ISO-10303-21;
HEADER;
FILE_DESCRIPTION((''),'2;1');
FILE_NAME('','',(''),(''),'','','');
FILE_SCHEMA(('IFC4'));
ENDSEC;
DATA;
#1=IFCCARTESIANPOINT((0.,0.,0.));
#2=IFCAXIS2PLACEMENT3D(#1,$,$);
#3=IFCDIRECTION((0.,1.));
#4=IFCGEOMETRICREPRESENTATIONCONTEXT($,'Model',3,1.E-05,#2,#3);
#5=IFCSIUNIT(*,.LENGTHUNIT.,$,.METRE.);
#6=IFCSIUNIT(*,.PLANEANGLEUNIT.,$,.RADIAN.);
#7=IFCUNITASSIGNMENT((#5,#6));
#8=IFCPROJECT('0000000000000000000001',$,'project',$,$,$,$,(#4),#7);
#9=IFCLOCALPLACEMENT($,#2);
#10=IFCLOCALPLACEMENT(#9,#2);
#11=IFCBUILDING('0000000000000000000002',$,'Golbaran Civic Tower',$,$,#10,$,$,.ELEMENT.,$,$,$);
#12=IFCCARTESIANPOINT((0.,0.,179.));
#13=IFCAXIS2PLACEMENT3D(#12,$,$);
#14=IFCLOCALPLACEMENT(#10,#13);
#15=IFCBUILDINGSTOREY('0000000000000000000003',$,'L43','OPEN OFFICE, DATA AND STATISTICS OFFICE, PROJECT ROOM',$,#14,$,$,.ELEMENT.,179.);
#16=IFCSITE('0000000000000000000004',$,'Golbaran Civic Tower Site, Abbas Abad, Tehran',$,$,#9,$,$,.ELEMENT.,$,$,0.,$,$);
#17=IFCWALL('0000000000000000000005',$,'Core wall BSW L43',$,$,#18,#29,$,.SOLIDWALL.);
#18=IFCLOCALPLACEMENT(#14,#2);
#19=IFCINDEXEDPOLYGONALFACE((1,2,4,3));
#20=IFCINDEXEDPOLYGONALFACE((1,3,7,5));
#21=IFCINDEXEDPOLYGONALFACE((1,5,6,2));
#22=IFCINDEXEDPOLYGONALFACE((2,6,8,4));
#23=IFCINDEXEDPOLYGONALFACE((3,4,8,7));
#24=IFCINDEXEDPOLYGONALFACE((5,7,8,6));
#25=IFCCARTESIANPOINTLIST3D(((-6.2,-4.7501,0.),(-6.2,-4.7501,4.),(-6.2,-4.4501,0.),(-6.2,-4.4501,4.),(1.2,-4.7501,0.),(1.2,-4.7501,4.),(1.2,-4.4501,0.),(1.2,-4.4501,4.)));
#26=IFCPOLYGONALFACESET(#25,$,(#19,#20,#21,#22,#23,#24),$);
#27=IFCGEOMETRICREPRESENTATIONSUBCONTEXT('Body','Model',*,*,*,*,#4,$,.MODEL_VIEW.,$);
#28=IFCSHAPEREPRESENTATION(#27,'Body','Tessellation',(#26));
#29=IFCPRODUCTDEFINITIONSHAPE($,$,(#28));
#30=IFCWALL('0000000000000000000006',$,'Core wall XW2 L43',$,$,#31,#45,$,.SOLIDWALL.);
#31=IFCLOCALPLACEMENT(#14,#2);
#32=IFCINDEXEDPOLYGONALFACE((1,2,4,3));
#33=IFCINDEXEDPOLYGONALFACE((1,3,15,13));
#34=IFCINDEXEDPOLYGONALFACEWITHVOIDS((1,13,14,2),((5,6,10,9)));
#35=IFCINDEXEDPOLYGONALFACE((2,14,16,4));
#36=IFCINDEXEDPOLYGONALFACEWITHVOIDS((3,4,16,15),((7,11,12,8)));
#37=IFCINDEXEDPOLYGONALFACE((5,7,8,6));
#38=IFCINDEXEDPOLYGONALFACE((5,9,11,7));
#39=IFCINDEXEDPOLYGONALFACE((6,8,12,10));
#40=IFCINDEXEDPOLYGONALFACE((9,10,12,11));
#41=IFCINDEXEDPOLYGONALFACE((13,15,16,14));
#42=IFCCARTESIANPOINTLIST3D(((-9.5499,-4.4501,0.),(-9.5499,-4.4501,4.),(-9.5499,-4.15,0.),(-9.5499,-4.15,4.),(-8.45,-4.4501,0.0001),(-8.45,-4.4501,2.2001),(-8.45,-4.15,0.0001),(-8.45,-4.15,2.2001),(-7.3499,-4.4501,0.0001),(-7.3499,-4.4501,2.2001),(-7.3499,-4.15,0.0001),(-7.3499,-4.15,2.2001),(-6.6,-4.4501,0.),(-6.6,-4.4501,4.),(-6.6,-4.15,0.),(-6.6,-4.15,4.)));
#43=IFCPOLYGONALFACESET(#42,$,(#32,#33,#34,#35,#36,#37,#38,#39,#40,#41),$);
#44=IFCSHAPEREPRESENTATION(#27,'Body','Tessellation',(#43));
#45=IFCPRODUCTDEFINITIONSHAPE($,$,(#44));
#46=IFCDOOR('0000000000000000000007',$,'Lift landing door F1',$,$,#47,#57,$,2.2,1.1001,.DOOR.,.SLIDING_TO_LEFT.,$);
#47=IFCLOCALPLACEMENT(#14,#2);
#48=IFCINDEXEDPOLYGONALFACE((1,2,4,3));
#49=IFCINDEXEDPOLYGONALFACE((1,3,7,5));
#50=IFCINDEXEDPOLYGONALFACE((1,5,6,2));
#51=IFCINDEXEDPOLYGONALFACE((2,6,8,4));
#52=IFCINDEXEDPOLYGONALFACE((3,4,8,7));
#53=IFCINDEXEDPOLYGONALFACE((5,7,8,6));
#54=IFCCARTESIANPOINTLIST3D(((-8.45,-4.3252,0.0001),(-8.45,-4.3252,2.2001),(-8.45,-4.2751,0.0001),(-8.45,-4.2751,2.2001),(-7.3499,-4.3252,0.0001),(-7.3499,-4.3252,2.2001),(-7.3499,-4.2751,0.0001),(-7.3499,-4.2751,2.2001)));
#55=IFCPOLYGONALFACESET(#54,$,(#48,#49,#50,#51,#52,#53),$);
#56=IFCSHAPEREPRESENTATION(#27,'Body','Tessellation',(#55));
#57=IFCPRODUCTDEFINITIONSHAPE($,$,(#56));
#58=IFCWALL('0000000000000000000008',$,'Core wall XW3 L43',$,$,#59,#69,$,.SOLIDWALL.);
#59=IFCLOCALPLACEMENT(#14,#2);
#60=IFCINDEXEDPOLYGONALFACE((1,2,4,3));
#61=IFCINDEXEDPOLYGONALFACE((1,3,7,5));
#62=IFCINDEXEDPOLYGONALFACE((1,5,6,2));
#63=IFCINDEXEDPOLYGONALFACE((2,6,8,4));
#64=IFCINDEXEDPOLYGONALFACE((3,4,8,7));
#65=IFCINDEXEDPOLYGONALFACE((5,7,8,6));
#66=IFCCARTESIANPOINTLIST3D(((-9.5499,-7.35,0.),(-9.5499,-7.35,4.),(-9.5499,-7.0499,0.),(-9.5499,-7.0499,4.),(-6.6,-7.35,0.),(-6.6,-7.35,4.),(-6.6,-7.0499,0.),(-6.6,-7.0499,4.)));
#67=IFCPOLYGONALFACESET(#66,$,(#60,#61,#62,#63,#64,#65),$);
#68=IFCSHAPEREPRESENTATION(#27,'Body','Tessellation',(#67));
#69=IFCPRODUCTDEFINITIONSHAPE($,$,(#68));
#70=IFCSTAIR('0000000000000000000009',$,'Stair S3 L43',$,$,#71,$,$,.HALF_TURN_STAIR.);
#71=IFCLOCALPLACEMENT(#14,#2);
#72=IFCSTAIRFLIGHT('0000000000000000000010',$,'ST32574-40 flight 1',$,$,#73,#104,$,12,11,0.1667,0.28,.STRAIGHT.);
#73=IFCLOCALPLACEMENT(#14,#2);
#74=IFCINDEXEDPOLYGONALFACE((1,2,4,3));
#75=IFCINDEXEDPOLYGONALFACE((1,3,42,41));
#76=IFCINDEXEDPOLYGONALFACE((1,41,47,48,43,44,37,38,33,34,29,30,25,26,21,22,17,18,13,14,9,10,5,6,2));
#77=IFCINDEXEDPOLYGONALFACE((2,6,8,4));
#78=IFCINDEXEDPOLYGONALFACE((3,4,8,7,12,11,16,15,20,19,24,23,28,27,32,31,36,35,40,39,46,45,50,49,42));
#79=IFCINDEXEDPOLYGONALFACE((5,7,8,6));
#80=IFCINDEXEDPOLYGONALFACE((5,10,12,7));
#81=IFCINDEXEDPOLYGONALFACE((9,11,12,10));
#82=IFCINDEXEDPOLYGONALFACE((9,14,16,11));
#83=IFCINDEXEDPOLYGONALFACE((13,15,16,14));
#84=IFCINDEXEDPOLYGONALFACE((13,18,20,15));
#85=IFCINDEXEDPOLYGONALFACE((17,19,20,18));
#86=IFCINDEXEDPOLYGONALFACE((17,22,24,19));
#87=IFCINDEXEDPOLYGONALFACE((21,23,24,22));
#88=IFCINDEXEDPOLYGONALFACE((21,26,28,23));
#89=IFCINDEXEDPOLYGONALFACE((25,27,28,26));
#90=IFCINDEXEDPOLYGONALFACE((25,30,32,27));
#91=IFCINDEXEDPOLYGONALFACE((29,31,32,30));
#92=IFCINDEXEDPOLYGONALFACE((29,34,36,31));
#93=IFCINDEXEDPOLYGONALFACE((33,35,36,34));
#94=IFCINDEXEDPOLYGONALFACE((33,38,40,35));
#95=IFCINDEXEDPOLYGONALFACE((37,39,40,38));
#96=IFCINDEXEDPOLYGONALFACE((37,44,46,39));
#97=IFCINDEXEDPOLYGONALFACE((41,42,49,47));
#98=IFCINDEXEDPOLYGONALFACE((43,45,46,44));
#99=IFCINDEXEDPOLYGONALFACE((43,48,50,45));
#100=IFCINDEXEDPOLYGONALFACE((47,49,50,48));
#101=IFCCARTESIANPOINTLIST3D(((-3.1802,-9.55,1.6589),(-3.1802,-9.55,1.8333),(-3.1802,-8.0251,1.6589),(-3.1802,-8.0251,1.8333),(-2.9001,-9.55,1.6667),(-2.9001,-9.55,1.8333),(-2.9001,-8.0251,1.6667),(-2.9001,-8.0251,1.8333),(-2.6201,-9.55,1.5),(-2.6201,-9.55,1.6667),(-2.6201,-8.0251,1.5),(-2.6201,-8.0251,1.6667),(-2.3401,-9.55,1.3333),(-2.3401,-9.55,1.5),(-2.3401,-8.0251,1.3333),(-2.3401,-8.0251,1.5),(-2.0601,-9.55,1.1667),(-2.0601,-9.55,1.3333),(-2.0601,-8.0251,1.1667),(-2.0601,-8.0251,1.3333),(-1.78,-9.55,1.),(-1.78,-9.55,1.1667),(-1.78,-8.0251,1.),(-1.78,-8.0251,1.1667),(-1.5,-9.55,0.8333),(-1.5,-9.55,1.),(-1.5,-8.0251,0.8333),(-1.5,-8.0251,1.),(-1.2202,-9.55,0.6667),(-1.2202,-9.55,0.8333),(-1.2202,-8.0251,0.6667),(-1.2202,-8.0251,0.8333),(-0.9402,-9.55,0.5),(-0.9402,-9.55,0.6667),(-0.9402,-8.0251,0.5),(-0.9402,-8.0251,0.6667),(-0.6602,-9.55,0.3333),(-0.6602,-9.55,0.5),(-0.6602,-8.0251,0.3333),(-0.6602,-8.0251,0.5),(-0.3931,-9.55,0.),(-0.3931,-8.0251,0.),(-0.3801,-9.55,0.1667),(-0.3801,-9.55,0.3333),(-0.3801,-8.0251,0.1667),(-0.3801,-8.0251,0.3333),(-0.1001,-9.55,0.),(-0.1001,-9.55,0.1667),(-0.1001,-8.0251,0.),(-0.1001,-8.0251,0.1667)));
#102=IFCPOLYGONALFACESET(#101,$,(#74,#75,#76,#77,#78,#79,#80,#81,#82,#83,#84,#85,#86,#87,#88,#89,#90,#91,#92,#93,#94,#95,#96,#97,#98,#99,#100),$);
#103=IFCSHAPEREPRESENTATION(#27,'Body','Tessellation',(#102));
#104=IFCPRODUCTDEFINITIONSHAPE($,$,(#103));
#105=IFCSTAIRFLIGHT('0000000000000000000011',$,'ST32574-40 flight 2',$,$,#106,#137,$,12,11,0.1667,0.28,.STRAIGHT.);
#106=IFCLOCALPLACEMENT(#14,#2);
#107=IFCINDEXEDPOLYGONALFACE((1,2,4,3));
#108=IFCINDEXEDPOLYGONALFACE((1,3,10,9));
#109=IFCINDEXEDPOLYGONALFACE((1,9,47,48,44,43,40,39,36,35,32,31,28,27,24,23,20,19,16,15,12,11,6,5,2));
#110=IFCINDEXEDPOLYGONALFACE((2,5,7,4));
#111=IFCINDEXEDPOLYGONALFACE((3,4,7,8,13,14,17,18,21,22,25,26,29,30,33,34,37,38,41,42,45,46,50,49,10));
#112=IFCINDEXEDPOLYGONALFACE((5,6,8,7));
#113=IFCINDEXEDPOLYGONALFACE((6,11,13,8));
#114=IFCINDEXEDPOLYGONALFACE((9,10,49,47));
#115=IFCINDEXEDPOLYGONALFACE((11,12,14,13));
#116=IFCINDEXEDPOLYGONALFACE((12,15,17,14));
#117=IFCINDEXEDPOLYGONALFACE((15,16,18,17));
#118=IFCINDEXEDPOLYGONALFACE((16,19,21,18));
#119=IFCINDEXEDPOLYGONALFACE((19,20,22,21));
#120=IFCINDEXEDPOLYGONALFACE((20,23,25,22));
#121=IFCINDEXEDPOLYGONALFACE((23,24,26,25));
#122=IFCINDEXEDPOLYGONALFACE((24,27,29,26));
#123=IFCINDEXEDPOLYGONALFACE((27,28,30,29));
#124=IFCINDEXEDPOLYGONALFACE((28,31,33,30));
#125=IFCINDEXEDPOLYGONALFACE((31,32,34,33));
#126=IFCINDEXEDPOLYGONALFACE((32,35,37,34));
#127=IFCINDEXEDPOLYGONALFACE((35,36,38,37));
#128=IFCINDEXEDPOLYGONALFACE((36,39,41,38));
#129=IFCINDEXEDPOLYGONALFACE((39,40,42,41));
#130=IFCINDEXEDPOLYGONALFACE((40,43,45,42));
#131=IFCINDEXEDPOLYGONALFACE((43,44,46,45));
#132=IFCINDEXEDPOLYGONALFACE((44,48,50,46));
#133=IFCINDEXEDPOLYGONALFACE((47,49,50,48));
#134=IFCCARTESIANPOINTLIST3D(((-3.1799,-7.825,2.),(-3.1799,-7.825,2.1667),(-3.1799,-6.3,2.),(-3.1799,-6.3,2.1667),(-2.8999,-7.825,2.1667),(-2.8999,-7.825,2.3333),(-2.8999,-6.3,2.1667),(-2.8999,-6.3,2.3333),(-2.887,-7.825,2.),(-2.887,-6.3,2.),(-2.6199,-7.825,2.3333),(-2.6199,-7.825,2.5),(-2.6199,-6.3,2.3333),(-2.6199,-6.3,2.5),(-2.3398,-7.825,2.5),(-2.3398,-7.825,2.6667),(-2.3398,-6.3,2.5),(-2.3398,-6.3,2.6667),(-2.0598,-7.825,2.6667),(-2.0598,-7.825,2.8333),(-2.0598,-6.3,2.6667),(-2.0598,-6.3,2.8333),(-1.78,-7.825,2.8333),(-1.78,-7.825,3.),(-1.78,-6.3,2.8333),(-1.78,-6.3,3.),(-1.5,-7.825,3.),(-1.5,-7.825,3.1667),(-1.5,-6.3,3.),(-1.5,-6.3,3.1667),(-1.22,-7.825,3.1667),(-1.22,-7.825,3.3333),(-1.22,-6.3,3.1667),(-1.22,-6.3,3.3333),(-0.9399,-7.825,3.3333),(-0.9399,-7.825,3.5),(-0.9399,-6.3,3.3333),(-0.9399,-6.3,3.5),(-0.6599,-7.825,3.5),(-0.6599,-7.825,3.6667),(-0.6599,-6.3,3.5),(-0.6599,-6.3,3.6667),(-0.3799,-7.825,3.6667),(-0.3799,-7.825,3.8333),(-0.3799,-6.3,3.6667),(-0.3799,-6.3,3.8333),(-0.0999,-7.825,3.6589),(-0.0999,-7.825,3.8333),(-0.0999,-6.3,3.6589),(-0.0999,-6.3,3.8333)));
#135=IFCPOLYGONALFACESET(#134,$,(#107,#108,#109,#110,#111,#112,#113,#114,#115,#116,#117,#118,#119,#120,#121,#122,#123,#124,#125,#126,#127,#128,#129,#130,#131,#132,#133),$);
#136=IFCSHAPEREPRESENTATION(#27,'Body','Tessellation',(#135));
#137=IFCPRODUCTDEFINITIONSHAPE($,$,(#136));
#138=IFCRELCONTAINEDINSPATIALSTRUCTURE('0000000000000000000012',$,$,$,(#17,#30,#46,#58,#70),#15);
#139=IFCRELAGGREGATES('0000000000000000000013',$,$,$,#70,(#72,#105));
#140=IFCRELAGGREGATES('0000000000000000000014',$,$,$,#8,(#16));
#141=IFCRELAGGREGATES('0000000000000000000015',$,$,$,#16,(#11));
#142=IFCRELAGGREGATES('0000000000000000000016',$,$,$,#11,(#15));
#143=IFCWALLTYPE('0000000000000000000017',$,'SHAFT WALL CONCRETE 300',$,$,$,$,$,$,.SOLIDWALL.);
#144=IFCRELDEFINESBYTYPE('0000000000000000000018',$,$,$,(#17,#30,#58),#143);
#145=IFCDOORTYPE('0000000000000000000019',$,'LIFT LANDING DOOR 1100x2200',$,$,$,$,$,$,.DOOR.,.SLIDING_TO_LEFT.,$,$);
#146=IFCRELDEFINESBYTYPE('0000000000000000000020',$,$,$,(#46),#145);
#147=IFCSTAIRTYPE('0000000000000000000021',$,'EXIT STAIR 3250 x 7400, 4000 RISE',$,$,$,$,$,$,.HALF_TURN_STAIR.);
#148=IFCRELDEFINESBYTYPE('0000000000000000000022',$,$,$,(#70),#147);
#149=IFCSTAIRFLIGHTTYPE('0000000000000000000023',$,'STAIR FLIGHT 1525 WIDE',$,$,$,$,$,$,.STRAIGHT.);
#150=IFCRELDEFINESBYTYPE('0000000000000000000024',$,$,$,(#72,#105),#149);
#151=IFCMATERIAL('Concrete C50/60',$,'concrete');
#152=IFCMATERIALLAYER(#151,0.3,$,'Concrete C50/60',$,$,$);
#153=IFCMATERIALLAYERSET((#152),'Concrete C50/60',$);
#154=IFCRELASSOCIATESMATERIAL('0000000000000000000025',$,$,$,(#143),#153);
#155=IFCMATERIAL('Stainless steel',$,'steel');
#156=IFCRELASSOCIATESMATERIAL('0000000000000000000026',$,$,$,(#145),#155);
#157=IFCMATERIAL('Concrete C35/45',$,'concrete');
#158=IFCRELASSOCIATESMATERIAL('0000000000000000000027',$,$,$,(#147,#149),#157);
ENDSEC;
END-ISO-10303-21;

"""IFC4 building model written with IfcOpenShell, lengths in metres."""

from ifc_helpers import new_model, si_unit, direction, frame, frame_2d, origin, place, context, subcontext, project, spatial, polyline, rectangle, outline, extrude, material, layer, layer_set, type_object, element, fill, aggregate, save


model = new_model("IFC4")

# Units and contexts
model_context = context("Model", 3, precision=1e-05, world=origin(), true_north=direction((0.0, 1.0)))
body_context = subcontext(model_context, "Body", "Model", "MODEL_VIEW")
ifc_project = project(units=[si_unit("LENGTHUNIT", "METRE"), si_unit("PLANEANGLEUNIT", "RADIAN")], contexts=[model_context])

# Site, building, storey
site_placement = place(None, origin())
site = spatial("IfcSite", under=ifc_project, at=site_placement, Name="Golbaran Civic Tower Site, Abbas Abad, Tehran", CompositionType="ELEMENT", RefElevation=0.0)
building_placement = place(site_placement, origin())
building = spatial("IfcBuilding", under=site, at=building_placement, Name="Golbaran Civic Tower", CompositionType="ELEMENT")
storey_placement = place(building_placement, frame((0.0, 0.0, 179.0)))
storey = spatial("IfcBuildingStorey", under=building, at=storey_placement, Name="L43", Description="OPEN OFFICE, DATA AND STATISTICS OFFICE, PROJECT ROOM", CompositionType="ELEMENT", Elevation=179.0)

# Shared definitions
ifc_material_1 = material(Name="Concrete C50/60", Category="concrete")

# Wall
ifc_layer_1 = layer(ifc_material_1, 0.3, Name="Concrete C50/60")
ifc_layer_set_1 = layer_set([ifc_layer_1], Name="Concrete C50/60")
wall_type_1 = type_object("IfcWallType", Name="SHAFT WALL CONCRETE 300", PredefinedType="SOLIDWALL", material=ifc_layer_set_1)
for number, where, z_axis, x_axis, name in (
    (1, (-6.2, -4.6001, 0.0), (0.0, 0.0, 1.0), (1.0, 0.0, 0.0), "Core wall BSW L43"),
):
    element("IfcWall", number, at=place(storey_placement, frame(where, z_axis=z_axis, x_axis=x_axis)), inside=storey, type_object=wall_type_1, Name=name, PredefinedType="SOLIDWALL", context=body_context, shape_type="SweptSolid", body=[
        extrude(rectangle(XDim=7.3999, YDim=0.3, at=frame_2d((3.7, 0.0))), origin(), (0.0, 0.0, 1.0), 4.0),
    ])

# Wall, opening, door
wall_1_placement = place(storey_placement, frame((-9.55, -4.3, 0.0), z_axis=(0.0, 0.0, 1.0), x_axis=(1.0, 0.0, 0.0)))
wall_1 = element("IfcWall", 2, at=wall_1_placement, inside=storey, type_object=wall_type_1, Name="Core wall XW2 L43", PredefinedType="SOLIDWALL", context=body_context, shape_type="SweptSolid", body=[
    extrude(rectangle(XDim=2.95, YDim=0.3, at=frame_2d((1.4751, 0.0))), origin(), (0.0, 0.0, 1.0), 4.0),
])
opening_1_placement = place(wall_1_placement, frame((1.1001, 0.0, 0.0)))
opening_1 = element("IfcOpeningElement", 3, at=opening_1_placement, cuts=wall_1, PredefinedType="OPENING", context=body_context, shape_type="SweptSolid", body=[
    extrude(rectangle(XDim=1.1001, YDim=2.2, at=frame_2d((0.55, 1.1001))), frame((0.0, 0.1599, 0.0), z_axis=(0.0, -1.0, 0.0), x_axis=(1.0, 0.0, 0.0)), (0.0, 0.0, 1.0), 0.3201),
])
ifc_material_2 = material(Name="Stainless steel", Category="steel")
door_type_1 = type_object("IfcDoorType", Name="LIFT LANDING DOOR 1100x2200", OperationType="SLIDING_TO_LEFT", PredefinedType="DOOR", material=ifc_material_2)
door_1_placement = place(opening_1_placement, origin())
door_1 = element("IfcDoor", 4, at=door_1_placement, inside=storey, type_object=door_type_1, Name="Lift landing door F1", OperationType="SLIDING_TO_LEFT", OverallHeight=2.2, OverallWidth=1.1001, PredefinedType="DOOR", context=body_context, shape_type="SweptSolid", body=[
    extrude(rectangle(XDim=1.1001, YDim=2.2, at=frame_2d((0.55, 1.1001))), frame((0.0, 0.0249, 0.0), z_axis=(0.0, -1.0, 0.0), x_axis=(1.0, 0.0, 0.0)), (0.0, 0.0, 1.0), 0.05),
])
fill(opening_1, door_1)

# Wall
wall_2_placement = place(storey_placement, frame((-9.55, -7.2, 0.0), z_axis=(0.0, 0.0, 1.0), x_axis=(1.0, 0.0, 0.0)))
element("IfcWall", 5, at=wall_2_placement, inside=storey, type_object=wall_type_1, Name="Core wall XW3 L43", PredefinedType="SOLIDWALL", context=body_context, shape_type="SweptSolid", body=[
    extrude(rectangle(XDim=2.95, YDim=0.3, at=frame_2d((1.4751, 0.0))), origin(), (0.0, 0.0, 1.0), 4.0),
])

# Stair, stair flights
ifc_material_3 = material(Name="Concrete C35/45", Category="concrete")
stair_type = type_object("IfcStairType", Name="EXIT STAIR 3250 x 7400, 4000 RISE", PredefinedType="HALF_TURN_STAIR", material=ifc_material_3)
stair_placement = place(storey_placement, origin())
stair = element("IfcStair", 6, at=stair_placement, inside=storey, type_object=stair_type, Name="Stair S3 L43", PredefinedType="HALF_TURN_STAIR")
stair_flight_type = type_object("IfcStairFlightType", Name="STAIR FLIGHT 1525 WIDE", PredefinedType="STRAIGHT", material=ifc_material_3)
stair_flight_1_placement = place(storey_placement, frame((-0.1001, -8.7876, 0.0), z_axis=(0.0, 0.0, 1.0), x_axis=(-1.0, 0.0, 0.0)))
stair_flight_1 = element("IfcStairFlight", 7, at=stair_flight_1_placement, type_object=stair_flight_type, Name="ST32574-40 flight 1", NumberOfRisers=12, NumberOfTreads=11, PredefinedType="STRAIGHT", RiserHeight=0.1667, TreadLength=0.28, context=body_context, shape_type="SweptSolid", body=[
    extrude(outline(polyline([(0.0, 0.0), (0.0, 0.1667), (0.28, 0.1667), (0.28, 0.3333), (0.5601, 0.3333), (0.5601, 0.5), (0.8401, 0.5), (0.8401, 0.6667), (1.1201, 0.6667), (1.1201, 0.8333), (1.3999, 0.8333), (1.3999, 1.0), (1.6799, 1.0), (1.6799, 1.1667), (1.96, 1.1667), (1.96, 1.3333), (2.24, 1.3333), (2.24, 1.5), (2.52, 1.5), (2.52, 1.6667), (2.8, 1.6667), (2.8, 1.8333), (3.0801, 1.8333), (3.0801, 2.0), (3.0801, 1.6589), (0.293, 0.0), (0.0, 0.0)])), frame((0.0, 0.7625, 0.0), z_axis=(0.0, -1.0, 0.0), x_axis=(1.0, 0.0, 0.0)), (0.0, 0.0, 1.0), 1.5249),
])
stair_flight_2_placement = place(storey_placement, frame((-3.1799, -7.0625, 2.0), z_axis=(0.0, 0.0, 1.0), x_axis=(1.0, 0.0, 0.0)))
stair_flight_2 = element("IfcStairFlight", 8, at=stair_flight_2_placement, type_object=stair_flight_type, Name="ST32574-40 flight 2", NumberOfRisers=12, NumberOfTreads=11, PredefinedType="STRAIGHT", RiserHeight=0.1667, TreadLength=0.28, context=body_context, shape_type="SweptSolid", body=[
    extrude(outline(polyline([(0.0, 0.0), (0.0, 0.1667), (0.28, 0.1667), (0.28, 0.3333), (0.5601, 0.3333), (0.5601, 0.5), (0.8401, 0.5), (0.8401, 0.6667), (1.1201, 0.6667), (1.1201, 0.8333), (1.3999, 0.8333), (1.3999, 1.0), (1.6799, 1.0), (1.6799, 1.1667), (1.96, 1.1667), (1.96, 1.3333), (2.24, 1.3333), (2.24, 1.5), (2.52, 1.5), (2.52, 1.6667), (2.8, 1.6667), (2.8, 1.8333), (3.0801, 1.8333), (3.0801, 2.0), (3.0801, 1.6589), (0.293, 0.0), (0.0, 0.0)])), frame((0.0, 0.7625, 0.0), z_axis=(0.0, -1.0, 0.0), x_axis=(1.0, 0.0, 0.0)), (0.0, 0.0, 1.0), 1.5249),
])
aggregate(stair, [stair_flight_1, stair_flight_2])

save(model, "model.ifc")
